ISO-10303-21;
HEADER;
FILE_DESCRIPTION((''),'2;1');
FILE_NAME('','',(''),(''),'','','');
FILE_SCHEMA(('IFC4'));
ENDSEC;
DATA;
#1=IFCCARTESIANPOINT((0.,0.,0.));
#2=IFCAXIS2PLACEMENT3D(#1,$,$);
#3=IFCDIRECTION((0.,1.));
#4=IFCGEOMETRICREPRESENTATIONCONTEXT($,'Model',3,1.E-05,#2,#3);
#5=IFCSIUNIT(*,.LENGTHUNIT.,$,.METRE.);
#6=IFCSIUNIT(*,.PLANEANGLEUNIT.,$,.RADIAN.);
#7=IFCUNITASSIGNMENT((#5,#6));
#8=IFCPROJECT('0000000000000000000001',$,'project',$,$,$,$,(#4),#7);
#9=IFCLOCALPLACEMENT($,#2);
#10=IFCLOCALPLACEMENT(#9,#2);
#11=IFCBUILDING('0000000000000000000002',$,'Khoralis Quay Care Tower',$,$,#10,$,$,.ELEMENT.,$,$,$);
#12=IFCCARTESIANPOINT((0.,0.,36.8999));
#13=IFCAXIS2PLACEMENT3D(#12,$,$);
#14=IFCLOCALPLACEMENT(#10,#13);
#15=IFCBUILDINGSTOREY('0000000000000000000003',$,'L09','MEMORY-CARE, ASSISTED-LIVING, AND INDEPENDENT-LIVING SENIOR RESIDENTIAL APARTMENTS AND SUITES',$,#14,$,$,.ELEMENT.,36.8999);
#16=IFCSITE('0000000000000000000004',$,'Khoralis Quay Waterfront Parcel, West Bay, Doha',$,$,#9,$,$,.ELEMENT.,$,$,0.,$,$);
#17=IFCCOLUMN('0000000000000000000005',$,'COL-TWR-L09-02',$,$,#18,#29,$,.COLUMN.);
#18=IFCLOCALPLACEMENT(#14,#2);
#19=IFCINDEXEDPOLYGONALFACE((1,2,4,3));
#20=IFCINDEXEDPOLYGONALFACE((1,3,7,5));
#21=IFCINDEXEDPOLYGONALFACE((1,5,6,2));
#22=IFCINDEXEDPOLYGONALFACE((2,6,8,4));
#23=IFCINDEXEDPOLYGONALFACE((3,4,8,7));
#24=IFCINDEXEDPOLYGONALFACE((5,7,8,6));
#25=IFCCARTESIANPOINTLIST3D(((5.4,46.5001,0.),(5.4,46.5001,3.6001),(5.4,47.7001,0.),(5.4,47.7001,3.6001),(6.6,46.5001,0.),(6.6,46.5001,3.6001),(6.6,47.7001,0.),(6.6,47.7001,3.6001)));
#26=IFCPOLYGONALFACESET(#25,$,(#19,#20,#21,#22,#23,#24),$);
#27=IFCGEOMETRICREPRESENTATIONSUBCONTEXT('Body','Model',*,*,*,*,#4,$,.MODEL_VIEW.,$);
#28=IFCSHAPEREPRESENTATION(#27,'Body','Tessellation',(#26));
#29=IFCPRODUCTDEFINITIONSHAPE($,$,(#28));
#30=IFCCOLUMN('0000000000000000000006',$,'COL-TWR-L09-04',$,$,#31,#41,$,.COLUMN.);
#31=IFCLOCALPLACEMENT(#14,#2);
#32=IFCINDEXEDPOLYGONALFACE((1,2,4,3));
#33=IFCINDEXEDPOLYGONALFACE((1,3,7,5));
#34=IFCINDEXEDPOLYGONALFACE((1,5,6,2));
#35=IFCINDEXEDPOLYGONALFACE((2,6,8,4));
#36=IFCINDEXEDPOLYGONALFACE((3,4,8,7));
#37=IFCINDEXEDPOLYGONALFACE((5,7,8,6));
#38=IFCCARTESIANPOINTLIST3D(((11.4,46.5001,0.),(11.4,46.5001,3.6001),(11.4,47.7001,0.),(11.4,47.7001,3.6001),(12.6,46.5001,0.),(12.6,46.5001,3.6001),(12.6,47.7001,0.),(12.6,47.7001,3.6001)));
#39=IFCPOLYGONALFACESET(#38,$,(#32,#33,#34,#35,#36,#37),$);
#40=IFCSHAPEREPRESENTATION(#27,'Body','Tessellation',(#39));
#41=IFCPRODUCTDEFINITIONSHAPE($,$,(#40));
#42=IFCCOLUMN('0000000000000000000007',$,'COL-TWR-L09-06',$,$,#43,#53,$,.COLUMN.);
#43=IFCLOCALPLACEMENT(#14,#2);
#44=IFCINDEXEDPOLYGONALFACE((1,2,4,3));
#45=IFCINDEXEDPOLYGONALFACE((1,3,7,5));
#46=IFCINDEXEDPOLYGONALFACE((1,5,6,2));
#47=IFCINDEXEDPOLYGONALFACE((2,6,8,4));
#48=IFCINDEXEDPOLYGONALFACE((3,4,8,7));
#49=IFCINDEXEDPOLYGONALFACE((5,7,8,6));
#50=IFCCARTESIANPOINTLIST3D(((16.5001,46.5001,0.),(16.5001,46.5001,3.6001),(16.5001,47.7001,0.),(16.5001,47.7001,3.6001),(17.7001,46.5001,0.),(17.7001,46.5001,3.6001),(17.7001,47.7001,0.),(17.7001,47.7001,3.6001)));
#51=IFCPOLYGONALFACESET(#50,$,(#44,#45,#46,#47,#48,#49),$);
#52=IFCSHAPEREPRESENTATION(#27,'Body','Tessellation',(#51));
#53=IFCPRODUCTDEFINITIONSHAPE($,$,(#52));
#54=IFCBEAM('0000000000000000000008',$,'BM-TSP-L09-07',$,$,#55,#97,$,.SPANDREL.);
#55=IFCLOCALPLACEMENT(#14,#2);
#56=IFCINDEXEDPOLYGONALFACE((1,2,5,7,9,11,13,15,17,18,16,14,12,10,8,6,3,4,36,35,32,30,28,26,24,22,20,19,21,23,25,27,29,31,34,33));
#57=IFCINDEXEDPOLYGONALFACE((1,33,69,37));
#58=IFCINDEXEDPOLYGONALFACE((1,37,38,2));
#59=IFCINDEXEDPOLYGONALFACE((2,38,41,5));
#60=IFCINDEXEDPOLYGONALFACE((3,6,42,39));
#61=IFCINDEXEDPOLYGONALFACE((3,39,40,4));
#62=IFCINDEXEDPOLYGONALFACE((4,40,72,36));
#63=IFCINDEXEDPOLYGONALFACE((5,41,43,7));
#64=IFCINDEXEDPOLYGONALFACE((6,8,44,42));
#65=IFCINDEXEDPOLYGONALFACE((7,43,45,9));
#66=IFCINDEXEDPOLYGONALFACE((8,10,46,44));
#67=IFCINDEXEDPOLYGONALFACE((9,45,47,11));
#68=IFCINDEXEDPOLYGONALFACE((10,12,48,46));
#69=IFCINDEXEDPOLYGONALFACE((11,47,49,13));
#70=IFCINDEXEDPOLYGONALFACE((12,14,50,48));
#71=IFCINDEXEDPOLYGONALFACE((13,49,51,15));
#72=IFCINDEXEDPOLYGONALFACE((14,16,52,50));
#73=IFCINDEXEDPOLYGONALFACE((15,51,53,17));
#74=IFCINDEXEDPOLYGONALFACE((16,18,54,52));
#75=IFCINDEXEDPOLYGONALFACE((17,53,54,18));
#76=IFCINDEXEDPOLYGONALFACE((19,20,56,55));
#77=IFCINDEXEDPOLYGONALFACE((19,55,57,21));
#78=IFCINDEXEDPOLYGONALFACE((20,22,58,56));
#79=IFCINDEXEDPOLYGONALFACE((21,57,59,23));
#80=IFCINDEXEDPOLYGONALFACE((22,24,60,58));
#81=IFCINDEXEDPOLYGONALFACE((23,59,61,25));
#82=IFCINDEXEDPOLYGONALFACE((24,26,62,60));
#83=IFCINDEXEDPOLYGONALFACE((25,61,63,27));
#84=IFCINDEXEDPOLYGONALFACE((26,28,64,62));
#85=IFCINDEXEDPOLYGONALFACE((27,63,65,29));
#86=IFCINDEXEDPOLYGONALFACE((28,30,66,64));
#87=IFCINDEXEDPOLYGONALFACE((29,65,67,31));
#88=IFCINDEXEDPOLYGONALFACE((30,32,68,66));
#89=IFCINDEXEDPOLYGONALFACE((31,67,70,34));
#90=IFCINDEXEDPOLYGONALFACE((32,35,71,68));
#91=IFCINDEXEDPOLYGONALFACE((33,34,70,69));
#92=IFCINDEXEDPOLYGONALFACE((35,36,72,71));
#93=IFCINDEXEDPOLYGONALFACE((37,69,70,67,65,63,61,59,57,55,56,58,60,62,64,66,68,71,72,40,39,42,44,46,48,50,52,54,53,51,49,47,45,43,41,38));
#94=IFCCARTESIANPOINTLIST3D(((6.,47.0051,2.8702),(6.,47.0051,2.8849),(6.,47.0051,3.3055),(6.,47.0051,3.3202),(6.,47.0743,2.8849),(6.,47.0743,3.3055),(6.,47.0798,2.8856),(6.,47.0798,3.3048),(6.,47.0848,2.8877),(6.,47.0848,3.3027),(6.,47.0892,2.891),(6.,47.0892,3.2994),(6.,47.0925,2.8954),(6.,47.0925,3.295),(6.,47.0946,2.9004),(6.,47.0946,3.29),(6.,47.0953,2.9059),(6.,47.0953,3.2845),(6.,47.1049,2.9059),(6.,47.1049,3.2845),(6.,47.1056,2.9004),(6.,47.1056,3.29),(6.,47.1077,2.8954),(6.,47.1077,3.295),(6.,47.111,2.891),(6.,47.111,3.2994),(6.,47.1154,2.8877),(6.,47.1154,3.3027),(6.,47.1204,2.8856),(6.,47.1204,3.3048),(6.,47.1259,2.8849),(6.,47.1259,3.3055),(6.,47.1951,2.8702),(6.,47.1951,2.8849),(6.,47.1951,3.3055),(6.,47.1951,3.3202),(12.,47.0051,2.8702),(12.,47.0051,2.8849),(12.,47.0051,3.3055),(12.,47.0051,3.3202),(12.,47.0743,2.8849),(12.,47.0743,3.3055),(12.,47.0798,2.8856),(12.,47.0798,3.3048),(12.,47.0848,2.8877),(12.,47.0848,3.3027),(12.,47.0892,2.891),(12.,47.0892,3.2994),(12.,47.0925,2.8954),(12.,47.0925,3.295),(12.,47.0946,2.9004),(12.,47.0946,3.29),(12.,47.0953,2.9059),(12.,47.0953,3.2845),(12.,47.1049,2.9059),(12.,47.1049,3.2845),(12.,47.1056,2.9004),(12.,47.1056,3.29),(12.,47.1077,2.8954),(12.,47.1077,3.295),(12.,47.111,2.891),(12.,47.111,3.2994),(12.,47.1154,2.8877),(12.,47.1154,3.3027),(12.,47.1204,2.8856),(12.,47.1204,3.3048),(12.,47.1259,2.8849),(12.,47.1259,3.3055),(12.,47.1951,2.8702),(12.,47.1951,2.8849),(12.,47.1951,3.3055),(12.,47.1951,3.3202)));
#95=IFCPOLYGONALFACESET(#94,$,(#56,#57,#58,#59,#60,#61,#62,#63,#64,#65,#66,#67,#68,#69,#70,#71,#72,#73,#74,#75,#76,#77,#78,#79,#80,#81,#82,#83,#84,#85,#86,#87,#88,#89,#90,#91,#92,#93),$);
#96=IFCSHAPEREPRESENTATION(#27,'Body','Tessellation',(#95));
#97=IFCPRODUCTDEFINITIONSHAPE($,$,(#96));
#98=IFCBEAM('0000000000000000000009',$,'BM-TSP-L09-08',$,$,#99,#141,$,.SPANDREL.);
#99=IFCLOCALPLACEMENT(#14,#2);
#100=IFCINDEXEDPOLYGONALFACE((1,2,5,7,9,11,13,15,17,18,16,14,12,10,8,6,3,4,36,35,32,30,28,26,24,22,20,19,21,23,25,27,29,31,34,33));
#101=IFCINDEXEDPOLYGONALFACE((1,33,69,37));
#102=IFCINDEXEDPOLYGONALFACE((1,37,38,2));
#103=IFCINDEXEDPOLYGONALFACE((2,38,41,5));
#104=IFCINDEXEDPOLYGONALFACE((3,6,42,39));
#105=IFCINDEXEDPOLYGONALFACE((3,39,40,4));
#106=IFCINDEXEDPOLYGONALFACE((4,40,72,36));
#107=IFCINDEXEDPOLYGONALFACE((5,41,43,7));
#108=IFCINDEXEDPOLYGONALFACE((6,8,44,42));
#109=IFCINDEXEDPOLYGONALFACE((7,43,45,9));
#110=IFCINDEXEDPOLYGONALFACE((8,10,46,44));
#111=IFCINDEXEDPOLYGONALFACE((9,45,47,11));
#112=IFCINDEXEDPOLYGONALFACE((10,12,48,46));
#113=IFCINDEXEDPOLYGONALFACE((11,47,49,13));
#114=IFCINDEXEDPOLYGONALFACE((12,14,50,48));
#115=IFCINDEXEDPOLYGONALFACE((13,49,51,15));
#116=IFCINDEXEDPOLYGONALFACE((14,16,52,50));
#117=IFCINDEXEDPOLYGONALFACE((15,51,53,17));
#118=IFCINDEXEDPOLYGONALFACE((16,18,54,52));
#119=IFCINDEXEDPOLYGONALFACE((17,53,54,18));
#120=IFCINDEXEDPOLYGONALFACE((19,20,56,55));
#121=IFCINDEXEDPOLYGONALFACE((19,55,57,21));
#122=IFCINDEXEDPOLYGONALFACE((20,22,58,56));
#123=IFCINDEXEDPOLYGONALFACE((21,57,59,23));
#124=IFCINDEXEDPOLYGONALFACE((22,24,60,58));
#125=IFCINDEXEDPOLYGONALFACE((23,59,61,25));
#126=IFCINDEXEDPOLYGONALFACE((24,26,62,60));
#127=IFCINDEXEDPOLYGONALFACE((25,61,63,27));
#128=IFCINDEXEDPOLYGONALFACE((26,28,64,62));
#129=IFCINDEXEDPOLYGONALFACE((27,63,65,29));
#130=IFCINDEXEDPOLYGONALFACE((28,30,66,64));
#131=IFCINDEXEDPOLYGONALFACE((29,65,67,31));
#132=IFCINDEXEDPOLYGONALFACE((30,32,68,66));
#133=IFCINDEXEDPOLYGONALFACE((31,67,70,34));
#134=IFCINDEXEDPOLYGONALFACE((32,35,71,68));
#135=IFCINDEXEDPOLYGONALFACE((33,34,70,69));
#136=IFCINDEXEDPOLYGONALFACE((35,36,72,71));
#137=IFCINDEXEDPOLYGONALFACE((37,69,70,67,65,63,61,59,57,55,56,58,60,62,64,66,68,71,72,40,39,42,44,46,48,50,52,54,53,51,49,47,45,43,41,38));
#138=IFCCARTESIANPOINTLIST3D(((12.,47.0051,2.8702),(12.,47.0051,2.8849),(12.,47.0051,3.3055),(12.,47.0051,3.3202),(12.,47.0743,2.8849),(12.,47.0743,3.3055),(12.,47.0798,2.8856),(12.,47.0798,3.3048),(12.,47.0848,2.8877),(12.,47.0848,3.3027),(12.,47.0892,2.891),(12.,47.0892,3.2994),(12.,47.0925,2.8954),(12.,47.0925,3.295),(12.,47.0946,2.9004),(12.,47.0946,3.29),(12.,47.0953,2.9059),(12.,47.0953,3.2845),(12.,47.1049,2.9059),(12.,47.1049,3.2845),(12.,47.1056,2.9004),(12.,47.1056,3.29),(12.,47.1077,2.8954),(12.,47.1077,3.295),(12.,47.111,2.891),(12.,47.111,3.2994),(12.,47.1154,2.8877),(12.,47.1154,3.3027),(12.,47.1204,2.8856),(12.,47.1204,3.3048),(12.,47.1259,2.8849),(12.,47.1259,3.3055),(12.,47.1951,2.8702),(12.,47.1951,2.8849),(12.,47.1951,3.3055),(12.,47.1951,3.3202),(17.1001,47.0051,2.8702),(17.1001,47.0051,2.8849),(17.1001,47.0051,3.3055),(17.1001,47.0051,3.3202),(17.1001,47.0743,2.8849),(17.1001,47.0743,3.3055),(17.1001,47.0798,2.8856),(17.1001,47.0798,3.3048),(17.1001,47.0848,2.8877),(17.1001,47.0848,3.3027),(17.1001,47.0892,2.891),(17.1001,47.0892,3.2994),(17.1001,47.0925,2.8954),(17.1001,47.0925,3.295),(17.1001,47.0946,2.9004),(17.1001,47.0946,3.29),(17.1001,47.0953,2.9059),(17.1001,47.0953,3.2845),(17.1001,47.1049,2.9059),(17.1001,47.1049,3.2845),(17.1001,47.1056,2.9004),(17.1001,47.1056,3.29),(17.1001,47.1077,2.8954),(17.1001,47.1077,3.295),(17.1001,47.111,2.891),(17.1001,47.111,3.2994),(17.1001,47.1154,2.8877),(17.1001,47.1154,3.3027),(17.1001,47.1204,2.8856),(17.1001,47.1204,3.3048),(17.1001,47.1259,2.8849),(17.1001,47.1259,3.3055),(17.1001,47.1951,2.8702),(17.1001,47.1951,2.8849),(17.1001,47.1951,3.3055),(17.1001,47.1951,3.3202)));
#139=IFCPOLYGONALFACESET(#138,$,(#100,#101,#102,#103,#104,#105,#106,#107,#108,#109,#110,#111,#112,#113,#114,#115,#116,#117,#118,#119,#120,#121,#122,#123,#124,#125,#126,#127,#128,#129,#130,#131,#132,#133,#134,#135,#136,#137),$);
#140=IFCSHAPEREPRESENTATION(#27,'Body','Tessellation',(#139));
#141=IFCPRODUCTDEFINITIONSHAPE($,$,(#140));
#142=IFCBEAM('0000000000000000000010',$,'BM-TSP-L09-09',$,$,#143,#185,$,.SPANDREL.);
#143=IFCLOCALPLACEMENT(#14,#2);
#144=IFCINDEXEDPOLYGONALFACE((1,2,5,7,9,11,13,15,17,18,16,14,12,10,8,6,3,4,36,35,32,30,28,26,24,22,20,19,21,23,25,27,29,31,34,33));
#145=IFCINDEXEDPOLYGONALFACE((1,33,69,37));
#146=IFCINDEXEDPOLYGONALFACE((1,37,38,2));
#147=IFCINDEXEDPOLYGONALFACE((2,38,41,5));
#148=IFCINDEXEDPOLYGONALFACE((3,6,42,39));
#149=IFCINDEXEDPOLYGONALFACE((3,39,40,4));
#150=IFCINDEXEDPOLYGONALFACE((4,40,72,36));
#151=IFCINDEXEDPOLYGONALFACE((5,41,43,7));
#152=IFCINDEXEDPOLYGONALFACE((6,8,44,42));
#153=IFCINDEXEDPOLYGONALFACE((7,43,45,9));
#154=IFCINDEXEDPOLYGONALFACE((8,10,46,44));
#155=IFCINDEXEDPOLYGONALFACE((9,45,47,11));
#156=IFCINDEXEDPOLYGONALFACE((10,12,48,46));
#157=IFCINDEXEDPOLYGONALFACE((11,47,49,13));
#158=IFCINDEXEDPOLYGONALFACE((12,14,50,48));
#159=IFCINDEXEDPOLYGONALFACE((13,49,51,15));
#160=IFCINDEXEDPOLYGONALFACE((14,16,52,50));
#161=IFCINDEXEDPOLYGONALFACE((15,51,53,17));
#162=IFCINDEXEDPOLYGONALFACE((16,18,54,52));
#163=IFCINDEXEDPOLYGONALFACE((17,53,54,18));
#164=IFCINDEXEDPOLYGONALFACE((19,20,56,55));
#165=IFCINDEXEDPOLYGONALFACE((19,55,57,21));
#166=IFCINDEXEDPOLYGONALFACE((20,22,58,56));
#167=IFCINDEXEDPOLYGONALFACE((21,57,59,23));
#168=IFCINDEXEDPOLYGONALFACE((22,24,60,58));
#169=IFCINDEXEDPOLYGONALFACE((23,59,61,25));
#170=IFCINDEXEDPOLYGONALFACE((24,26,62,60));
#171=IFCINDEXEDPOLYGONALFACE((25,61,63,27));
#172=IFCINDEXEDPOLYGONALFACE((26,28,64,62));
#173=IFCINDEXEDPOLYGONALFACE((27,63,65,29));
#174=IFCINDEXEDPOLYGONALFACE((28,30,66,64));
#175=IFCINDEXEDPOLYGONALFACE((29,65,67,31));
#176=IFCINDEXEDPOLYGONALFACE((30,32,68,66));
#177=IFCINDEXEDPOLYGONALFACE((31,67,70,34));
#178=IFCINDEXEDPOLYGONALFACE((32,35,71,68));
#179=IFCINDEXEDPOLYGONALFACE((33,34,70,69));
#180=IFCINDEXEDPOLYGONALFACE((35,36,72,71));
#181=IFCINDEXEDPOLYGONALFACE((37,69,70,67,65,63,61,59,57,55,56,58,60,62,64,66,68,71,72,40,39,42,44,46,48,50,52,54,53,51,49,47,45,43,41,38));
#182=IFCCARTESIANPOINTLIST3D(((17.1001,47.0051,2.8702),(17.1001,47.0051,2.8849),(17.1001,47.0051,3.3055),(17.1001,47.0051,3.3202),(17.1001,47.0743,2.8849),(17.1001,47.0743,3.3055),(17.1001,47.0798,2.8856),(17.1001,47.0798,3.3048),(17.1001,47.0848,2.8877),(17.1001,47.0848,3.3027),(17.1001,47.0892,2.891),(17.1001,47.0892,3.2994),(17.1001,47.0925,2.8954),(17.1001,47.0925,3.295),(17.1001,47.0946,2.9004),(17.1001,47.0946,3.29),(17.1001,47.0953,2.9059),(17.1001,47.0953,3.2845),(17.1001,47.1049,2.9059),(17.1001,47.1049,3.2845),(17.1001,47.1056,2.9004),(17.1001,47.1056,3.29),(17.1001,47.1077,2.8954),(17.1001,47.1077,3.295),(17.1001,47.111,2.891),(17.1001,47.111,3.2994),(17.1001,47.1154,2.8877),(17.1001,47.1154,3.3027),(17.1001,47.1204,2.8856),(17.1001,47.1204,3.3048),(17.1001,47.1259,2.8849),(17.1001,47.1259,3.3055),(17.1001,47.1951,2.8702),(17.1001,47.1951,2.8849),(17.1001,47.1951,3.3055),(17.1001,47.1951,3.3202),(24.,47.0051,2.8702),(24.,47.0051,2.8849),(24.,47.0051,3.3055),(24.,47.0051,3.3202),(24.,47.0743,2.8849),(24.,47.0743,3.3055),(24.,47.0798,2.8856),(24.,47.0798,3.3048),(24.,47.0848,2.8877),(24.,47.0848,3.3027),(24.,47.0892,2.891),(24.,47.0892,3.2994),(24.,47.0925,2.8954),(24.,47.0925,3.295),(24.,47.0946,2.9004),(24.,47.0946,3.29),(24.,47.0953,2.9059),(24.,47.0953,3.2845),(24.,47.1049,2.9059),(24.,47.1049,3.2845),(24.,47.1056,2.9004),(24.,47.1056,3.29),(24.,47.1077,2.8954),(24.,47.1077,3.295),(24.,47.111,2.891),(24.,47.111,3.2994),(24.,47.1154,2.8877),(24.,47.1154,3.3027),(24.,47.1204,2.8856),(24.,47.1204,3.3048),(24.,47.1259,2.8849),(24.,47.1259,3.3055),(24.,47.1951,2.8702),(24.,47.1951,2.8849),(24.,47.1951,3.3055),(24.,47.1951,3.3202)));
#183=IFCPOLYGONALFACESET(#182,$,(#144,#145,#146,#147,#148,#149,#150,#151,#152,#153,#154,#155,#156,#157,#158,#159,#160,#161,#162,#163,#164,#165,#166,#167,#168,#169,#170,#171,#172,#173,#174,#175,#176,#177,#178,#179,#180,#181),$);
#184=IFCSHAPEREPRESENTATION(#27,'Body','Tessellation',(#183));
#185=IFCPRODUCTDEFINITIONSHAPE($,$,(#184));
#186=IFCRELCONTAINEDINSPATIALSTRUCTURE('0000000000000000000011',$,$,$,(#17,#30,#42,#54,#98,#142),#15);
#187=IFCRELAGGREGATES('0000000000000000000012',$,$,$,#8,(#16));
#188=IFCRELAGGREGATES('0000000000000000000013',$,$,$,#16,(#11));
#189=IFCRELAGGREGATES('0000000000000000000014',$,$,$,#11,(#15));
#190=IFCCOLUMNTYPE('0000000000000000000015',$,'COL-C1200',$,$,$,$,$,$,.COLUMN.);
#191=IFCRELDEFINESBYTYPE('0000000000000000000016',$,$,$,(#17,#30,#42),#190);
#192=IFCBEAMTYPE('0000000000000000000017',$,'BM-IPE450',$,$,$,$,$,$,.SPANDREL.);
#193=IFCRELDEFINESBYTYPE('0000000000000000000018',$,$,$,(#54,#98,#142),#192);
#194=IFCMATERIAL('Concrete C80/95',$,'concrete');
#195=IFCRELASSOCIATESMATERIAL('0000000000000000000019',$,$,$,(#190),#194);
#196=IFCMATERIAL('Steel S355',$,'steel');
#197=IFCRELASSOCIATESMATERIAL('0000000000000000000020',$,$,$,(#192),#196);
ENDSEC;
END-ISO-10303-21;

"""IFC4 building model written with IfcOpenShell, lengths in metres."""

from ifc_helpers import new_model, si_unit, direction, frame, origin, origin_2d, place, context, subcontext, project, spatial, rectangle, i_section, extrude, source, transform, mapped, material, material_profile, profile_set, type_object, element, save


model = new_model("IFC4")

# Units and contexts
model_context = context("Model", 3, precision=1e-05, world=origin(), true_north=direction((0.0, 1.0)))
body_context = subcontext(model_context, "Body", "Model", "MODEL_VIEW")
ifc_project = project(units=[si_unit("LENGTHUNIT", "METRE"), si_unit("PLANEANGLEUNIT", "RADIAN")], contexts=[model_context])

# Site, building, storey
site_placement = place(None, origin())
site = spatial("IfcSite", under=ifc_project, at=site_placement, Name="Khoralis Quay Waterfront Parcel, West Bay, Doha", CompositionType="ELEMENT", RefElevation=0.0)
building_placement = place(site_placement, origin())
building = spatial("IfcBuilding", under=site, at=building_placement, Name="Khoralis Quay Care Tower", CompositionType="ELEMENT")
storey_placement = place(building_placement, frame((0.0, 0.0, 36.8999)))
storey = spatial("IfcBuildingStorey", under=building, at=storey_placement, Name="L09", Description="MEMORY-CARE, ASSISTED-LIVING, AND INDEPENDENT-LIVING SENIOR RESIDENTIAL APARTMENTS AND SUITES", CompositionType="ELEMENT", Elevation=36.8999)

# Columns
ifc_material_1 = material(Name="Concrete C80/95", Category="concrete")
ifc_material_profile_1 = material_profile(ifc_material_1, rectangle(XDim=1.2, YDim=1.2, at=origin_2d()), Name="Concrete C80/95")
ifc_profile_set_1 = profile_set([ifc_material_profile_1], Name="Concrete C80/95")
column_type = type_object("IfcColumnType", Name="COL-C1200", PredefinedType="COLUMN", material=ifc_profile_set_1)
shared_shape_1 = source(origin(), body_context, "Body", "SweptSolid", [
    extrude(rectangle(XDim=1.2, YDim=1.2, at=origin_2d()), origin(), (0.0, 0.0, 1.0), 3.6001),
])
for number, where, z_axis, x_axis, name in (
    (1, (6.0, 47.1001, 0.0), (0.0, 0.0, 1.0), (1.0, 0.0, 0.0), "COL-TWR-L09-02"),
    (2, (12.0, 47.1001, 0.0), (0.0, 0.0, 1.0), (1.0, 0.0, 0.0), "COL-TWR-L09-04"),
    (3, (17.1001, 47.1001, 0.0), (0.0, 0.0, 1.0), (1.0, 0.0, 0.0), "COL-TWR-L09-06"),
):
    element("IfcColumn", number, at=place(storey_placement, frame(where, z_axis=z_axis, x_axis=x_axis)), inside=storey, type_object=column_type, Name=name, PredefinedType="COLUMN", context=body_context, shape_type="MappedRepresentation", body=[
        mapped(shared_shape_1, transform((0.0, 0.0, 0.0), scale=1.0)),
    ])

# Beams
ifc_material_2 = material(Name="Steel S355", Category="steel")
ifc_material_profile_2 = material_profile(ifc_material_2, i_section(OverallWidth=0.1899, OverallDepth=0.45, WebThickness=0.0095, FlangeThickness=0.0146, FilletRadius=0.021, at=origin_2d()), Name="Steel S355")
ifc_profile_set_2 = profile_set([ifc_material_profile_2], Name="Steel S355")
beam_type = type_object("IfcBeamType", Name="BM-IPE450", PredefinedType="SPANDREL", material=ifc_profile_set_2)
shared_shape_2 = source(origin(), body_context, "Body", "SweptSolid", [
    extrude(i_section(OverallWidth=0.1899, OverallDepth=0.45, WebThickness=0.0095, FlangeThickness=0.0146, FilletRadius=0.021, at=origin_2d()), origin(), (0.0, 0.0, 1.0), 6.0),
])
beam_1_placement = place(storey_placement, frame((6.0, 47.1001, 3.0952), z_axis=(1.0, 0.0, 0.0), x_axis=(0.0, 1.0, 0.0)))
element("IfcBeam", 4, at=beam_1_placement, inside=storey, type_object=beam_type, Name="BM-TSP-L09-07", PredefinedType="SPANDREL", context=body_context, shape_type="MappedRepresentation", body=[
    mapped(shared_shape_2, transform((0.0, 0.0, 0.0), scale=1.0)),
])
shared_shape_3 = source(origin(), body_context, "Body", "SweptSolid", [
    extrude(i_section(OverallWidth=0.1899, OverallDepth=0.45, WebThickness=0.0095, FlangeThickness=0.0146, FilletRadius=0.021, at=origin_2d()), origin(), (0.0, 0.0, 1.0), 5.1001),
])
beam_2_placement = place(storey_placement, frame((12.0, 47.1001, 3.0952), z_axis=(1.0, 0.0, 0.0), x_axis=(0.0, 1.0, 0.0)))
element("IfcBeam", 5, at=beam_2_placement, inside=storey, type_object=beam_type, Name="BM-TSP-L09-08", PredefinedType="SPANDREL", context=body_context, shape_type="MappedRepresentation", body=[
    mapped(shared_shape_3, transform((0.0, 0.0, 0.0), scale=1.0)),
])
shared_shape_4 = source(origin(), body_context, "Body", "SweptSolid", [
    extrude(i_section(OverallWidth=0.1899, OverallDepth=0.45, WebThickness=0.0095, FlangeThickness=0.0146, FilletRadius=0.021, at=origin_2d()), origin(), (0.0, 0.0, 1.0), 6.8999),
])
beam_3_placement = place(storey_placement, frame((17.1001, 47.1001, 3.0952), z_axis=(1.0, 0.0, 0.0), x_axis=(0.0, 1.0, 0.0)))
element("IfcBeam", 6, at=beam_3_placement, inside=storey, type_object=beam_type, Name="BM-TSP-L09-09", PredefinedType="SPANDREL", context=body_context, shape_type="MappedRepresentation", body=[
    mapped(shared_shape_4, transform((0.0, 0.0, 0.0), scale=1.0)),
])

save(model, "model.ifc")
